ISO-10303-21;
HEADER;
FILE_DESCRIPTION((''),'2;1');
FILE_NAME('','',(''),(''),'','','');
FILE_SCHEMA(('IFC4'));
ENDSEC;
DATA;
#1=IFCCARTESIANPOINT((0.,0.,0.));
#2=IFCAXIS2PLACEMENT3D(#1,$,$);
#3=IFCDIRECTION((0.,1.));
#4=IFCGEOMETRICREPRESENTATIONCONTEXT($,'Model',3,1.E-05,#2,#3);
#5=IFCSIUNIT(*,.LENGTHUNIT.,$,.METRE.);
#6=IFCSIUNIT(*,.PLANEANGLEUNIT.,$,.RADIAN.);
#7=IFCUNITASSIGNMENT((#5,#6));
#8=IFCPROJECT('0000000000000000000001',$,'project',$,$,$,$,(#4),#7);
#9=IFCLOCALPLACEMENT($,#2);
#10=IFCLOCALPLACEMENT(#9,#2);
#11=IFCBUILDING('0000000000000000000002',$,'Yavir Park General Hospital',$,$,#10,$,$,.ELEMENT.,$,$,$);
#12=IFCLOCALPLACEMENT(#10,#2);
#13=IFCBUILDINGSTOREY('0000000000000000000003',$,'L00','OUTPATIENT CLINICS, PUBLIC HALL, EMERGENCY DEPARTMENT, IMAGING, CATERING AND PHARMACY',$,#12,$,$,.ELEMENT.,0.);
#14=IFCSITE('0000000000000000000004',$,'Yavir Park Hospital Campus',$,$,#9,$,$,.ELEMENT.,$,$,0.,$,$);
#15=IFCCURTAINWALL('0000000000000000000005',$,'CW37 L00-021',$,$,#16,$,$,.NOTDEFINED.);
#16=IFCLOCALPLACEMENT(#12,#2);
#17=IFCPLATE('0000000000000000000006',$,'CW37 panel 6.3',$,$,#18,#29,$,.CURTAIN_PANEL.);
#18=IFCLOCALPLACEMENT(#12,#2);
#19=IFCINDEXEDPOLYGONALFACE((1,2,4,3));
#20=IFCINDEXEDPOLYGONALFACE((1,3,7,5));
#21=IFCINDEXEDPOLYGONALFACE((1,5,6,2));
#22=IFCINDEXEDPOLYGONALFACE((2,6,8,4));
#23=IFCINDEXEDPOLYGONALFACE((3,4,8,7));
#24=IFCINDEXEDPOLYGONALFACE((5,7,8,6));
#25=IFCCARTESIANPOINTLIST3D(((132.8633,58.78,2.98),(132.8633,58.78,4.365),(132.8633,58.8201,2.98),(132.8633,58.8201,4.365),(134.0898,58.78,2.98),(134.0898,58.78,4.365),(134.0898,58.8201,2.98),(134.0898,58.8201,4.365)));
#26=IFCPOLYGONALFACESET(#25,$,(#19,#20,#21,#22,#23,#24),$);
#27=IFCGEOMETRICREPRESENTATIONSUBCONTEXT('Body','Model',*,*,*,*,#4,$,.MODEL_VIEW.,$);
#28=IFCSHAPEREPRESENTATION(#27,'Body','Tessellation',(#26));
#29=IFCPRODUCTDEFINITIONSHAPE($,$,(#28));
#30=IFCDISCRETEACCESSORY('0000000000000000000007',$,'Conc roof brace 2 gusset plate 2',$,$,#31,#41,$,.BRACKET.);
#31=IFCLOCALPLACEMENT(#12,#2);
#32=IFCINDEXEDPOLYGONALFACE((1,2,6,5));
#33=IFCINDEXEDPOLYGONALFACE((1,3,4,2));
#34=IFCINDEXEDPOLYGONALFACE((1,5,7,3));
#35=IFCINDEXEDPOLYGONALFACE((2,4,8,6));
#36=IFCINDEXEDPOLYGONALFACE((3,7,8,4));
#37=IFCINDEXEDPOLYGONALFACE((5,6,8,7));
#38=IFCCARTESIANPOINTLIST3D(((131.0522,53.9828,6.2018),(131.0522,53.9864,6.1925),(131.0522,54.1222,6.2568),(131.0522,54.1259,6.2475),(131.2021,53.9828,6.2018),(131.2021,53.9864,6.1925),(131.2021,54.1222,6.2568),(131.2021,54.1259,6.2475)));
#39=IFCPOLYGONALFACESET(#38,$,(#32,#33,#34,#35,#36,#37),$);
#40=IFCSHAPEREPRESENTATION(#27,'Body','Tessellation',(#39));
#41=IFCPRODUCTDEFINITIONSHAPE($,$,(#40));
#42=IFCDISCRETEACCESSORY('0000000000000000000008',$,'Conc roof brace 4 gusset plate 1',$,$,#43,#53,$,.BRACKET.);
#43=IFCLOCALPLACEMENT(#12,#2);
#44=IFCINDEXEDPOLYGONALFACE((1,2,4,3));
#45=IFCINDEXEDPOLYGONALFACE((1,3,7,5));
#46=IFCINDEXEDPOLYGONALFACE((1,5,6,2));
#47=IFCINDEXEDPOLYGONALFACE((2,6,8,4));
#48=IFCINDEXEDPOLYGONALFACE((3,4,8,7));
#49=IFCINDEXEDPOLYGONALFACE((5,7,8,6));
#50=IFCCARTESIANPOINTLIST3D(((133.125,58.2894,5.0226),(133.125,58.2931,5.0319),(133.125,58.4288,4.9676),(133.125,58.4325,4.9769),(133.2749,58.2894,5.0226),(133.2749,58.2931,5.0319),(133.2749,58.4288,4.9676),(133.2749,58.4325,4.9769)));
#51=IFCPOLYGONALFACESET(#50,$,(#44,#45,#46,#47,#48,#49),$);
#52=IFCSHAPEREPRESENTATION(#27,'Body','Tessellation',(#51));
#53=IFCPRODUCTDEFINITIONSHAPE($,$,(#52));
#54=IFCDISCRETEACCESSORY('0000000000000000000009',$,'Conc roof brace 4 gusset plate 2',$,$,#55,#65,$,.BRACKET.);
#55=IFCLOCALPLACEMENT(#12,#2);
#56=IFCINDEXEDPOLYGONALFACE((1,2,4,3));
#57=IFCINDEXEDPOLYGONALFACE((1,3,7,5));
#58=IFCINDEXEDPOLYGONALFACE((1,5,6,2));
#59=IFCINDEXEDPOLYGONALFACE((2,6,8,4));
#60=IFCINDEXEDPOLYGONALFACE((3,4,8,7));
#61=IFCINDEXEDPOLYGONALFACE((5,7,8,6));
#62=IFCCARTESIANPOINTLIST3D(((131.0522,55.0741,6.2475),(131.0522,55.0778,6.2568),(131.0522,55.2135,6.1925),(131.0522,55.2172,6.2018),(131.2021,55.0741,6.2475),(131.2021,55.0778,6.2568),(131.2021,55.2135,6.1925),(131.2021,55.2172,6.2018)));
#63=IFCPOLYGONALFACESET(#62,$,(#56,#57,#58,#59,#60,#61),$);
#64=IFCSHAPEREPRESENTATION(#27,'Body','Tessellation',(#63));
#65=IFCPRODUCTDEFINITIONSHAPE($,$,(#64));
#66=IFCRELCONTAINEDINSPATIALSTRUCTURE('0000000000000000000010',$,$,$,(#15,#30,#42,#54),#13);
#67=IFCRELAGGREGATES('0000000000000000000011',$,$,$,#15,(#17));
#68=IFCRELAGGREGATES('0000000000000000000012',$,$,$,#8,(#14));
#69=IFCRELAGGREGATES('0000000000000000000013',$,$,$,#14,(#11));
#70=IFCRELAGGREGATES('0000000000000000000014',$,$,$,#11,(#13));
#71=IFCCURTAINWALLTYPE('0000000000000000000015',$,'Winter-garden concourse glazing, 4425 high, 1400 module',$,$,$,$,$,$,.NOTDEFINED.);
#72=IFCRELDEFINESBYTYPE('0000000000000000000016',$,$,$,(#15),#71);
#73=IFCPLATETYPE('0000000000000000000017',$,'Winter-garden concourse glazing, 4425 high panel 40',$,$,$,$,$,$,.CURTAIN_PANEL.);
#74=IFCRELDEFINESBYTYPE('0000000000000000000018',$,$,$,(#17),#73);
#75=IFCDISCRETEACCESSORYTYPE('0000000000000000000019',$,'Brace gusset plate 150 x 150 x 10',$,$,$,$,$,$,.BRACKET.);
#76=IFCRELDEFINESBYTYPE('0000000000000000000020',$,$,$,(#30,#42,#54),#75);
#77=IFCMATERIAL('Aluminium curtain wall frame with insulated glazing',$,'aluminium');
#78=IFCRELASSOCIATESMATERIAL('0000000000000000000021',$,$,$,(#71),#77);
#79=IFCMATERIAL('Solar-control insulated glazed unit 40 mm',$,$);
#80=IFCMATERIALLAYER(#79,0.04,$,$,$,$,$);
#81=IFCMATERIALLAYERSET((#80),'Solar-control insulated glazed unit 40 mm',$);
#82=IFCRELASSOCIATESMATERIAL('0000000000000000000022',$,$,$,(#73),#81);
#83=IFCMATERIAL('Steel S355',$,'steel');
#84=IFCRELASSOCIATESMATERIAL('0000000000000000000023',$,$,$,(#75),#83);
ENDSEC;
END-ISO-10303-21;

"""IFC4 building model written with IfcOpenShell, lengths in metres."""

from ifc_helpers import new_model, si_unit, direction, frame, origin, origin_2d, place, context, subcontext, project, spatial, rectangle, extrude, material, layer, layer_set, material_profile, profile_set, type_object, element, aggregate, save


model = new_model("IFC4")

# Units and contexts
model_context = context("Model", 3, precision=1e-05, world=origin(), true_north=direction((0.0, 1.0)))
body_context = subcontext(model_context, "Body", "Model", "MODEL_VIEW")
ifc_project = project(units=[si_unit("LENGTHUNIT", "METRE"), si_unit("PLANEANGLEUNIT", "RADIAN")], contexts=[model_context])

# Site, building, storey
site_placement = place(None, origin())
site = spatial("IfcSite", under=ifc_project, at=site_placement, Name="Yavir Park Hospital Campus", CompositionType="ELEMENT", RefElevation=0.0)
building_placement = place(site_placement, origin())
building = spatial("IfcBuilding", under=site, at=building_placement, Name="Yavir Park General Hospital", CompositionType="ELEMENT")
storey_placement = place(building_placement, origin())
storey = spatial("IfcBuildingStorey", under=building, at=storey_placement, Name="L00", Description="OUTPATIENT CLINICS, PUBLIC HALL, EMERGENCY DEPARTMENT, IMAGING, CATERING AND PHARMACY", CompositionType="ELEMENT", Elevation=0.0)

# Curtain wall, plate
ifc_material_1 = material(Name="Aluminium curtain wall frame with insulated glazing", Category="aluminium")
curtain_wall_type = type_object("IfcCurtainWallType", Name="Winter-garden concourse glazing, 4425 high, 1400 module", PredefinedType="NOTDEFINED", material=ifc_material_1)
curtain_wall_placement = place(storey_placement, origin())
curtain_wall = element("IfcCurtainWall", 1, at=curtain_wall_placement, inside=storey, type_object=curtain_wall_type, Name="CW37 L00-021", PredefinedType="NOTDEFINED")
ifc_material_2 = material(Name="Solar-control insulated glazed unit 40 mm")
ifc_layer_1 = layer(ifc_material_2, 0.04)
ifc_layer_set_1 = layer_set([ifc_layer_1], Name="Solar-control insulated glazed unit 40 mm")
plate_type = type_object("IfcPlateType", Name="Winter-garden concourse glazing, 4425 high panel 40", PredefinedType="CURTAIN_PANEL", material=ifc_layer_set_1)
plate_1_placement = place(storey_placement, frame((133.4766, 58.8, 2.98), z_axis=(0.0, 0.0, 1.0), x_axis=(1.0, 0.0, 0.0)))
plate_1 = element("IfcPlate", 2, at=plate_1_placement, type_object=plate_type, Name="CW37 panel 6.3", PredefinedType="CURTAIN_PANEL", context=body_context, shape_type="SweptSolid", body=[
    extrude(rectangle(XDim=1.2266, YDim=0.04, at=origin_2d()), origin(), (0.0, 0.0, 1.0), 1.385),
])
aggregate(curtain_wall, [plate_1])

# Discrete accessories
ifc_material_3 = material(Name="Steel S355", Category="steel")
ifc_material_profile_1 = material_profile(ifc_material_3, rectangle(XDim=0.1499, YDim=0.1499, at=origin_2d()), Name="PL150x150")
ifc_profile_set_1 = profile_set([ifc_material_profile_1], Name="Steel S355")
discrete_accessory_type = type_object("IfcDiscreteAccessoryType", Name="Brace gusset plate 150 x 150 x 10", PredefinedType="BRACKET", material=ifc_profile_set_1)
for number, where, z_axis, x_axis, name in (
    (3, (131.1272, 54.0562, 6.22), (0.0, -0.367167, 0.930155), (1.0, 0.0, 0.0), "Conc roof brace 2 gusset plate 2"),
    (4, (133.2, 58.3591, 4.9951), (0.0, 0.367167, 0.930155), (-1.0, 0.0, 0.0), "Conc roof brace 4 gusset plate 1"),
    (5, (131.1272, 55.1438, 6.22), (0.0, 0.367167, 0.930155), (-1.0, 0.0, 0.0), "Conc roof brace 4 gusset plate 2"),
):
    element("IfcDiscreteAccessory", number, at=place(storey_placement, frame(where, z_axis=z_axis, x_axis=x_axis)), inside=storey, type_object=discrete_accessory_type, Name=name, PredefinedType="BRACKET", context=body_context, shape_type="SweptSolid", body=[
        extrude(rectangle(XDim=0.1499, YDim=0.1499, at=origin_2d()), origin(), (0.0, 0.0, 1.0), 0.01),
    ])

save(model, "model.ifc")
